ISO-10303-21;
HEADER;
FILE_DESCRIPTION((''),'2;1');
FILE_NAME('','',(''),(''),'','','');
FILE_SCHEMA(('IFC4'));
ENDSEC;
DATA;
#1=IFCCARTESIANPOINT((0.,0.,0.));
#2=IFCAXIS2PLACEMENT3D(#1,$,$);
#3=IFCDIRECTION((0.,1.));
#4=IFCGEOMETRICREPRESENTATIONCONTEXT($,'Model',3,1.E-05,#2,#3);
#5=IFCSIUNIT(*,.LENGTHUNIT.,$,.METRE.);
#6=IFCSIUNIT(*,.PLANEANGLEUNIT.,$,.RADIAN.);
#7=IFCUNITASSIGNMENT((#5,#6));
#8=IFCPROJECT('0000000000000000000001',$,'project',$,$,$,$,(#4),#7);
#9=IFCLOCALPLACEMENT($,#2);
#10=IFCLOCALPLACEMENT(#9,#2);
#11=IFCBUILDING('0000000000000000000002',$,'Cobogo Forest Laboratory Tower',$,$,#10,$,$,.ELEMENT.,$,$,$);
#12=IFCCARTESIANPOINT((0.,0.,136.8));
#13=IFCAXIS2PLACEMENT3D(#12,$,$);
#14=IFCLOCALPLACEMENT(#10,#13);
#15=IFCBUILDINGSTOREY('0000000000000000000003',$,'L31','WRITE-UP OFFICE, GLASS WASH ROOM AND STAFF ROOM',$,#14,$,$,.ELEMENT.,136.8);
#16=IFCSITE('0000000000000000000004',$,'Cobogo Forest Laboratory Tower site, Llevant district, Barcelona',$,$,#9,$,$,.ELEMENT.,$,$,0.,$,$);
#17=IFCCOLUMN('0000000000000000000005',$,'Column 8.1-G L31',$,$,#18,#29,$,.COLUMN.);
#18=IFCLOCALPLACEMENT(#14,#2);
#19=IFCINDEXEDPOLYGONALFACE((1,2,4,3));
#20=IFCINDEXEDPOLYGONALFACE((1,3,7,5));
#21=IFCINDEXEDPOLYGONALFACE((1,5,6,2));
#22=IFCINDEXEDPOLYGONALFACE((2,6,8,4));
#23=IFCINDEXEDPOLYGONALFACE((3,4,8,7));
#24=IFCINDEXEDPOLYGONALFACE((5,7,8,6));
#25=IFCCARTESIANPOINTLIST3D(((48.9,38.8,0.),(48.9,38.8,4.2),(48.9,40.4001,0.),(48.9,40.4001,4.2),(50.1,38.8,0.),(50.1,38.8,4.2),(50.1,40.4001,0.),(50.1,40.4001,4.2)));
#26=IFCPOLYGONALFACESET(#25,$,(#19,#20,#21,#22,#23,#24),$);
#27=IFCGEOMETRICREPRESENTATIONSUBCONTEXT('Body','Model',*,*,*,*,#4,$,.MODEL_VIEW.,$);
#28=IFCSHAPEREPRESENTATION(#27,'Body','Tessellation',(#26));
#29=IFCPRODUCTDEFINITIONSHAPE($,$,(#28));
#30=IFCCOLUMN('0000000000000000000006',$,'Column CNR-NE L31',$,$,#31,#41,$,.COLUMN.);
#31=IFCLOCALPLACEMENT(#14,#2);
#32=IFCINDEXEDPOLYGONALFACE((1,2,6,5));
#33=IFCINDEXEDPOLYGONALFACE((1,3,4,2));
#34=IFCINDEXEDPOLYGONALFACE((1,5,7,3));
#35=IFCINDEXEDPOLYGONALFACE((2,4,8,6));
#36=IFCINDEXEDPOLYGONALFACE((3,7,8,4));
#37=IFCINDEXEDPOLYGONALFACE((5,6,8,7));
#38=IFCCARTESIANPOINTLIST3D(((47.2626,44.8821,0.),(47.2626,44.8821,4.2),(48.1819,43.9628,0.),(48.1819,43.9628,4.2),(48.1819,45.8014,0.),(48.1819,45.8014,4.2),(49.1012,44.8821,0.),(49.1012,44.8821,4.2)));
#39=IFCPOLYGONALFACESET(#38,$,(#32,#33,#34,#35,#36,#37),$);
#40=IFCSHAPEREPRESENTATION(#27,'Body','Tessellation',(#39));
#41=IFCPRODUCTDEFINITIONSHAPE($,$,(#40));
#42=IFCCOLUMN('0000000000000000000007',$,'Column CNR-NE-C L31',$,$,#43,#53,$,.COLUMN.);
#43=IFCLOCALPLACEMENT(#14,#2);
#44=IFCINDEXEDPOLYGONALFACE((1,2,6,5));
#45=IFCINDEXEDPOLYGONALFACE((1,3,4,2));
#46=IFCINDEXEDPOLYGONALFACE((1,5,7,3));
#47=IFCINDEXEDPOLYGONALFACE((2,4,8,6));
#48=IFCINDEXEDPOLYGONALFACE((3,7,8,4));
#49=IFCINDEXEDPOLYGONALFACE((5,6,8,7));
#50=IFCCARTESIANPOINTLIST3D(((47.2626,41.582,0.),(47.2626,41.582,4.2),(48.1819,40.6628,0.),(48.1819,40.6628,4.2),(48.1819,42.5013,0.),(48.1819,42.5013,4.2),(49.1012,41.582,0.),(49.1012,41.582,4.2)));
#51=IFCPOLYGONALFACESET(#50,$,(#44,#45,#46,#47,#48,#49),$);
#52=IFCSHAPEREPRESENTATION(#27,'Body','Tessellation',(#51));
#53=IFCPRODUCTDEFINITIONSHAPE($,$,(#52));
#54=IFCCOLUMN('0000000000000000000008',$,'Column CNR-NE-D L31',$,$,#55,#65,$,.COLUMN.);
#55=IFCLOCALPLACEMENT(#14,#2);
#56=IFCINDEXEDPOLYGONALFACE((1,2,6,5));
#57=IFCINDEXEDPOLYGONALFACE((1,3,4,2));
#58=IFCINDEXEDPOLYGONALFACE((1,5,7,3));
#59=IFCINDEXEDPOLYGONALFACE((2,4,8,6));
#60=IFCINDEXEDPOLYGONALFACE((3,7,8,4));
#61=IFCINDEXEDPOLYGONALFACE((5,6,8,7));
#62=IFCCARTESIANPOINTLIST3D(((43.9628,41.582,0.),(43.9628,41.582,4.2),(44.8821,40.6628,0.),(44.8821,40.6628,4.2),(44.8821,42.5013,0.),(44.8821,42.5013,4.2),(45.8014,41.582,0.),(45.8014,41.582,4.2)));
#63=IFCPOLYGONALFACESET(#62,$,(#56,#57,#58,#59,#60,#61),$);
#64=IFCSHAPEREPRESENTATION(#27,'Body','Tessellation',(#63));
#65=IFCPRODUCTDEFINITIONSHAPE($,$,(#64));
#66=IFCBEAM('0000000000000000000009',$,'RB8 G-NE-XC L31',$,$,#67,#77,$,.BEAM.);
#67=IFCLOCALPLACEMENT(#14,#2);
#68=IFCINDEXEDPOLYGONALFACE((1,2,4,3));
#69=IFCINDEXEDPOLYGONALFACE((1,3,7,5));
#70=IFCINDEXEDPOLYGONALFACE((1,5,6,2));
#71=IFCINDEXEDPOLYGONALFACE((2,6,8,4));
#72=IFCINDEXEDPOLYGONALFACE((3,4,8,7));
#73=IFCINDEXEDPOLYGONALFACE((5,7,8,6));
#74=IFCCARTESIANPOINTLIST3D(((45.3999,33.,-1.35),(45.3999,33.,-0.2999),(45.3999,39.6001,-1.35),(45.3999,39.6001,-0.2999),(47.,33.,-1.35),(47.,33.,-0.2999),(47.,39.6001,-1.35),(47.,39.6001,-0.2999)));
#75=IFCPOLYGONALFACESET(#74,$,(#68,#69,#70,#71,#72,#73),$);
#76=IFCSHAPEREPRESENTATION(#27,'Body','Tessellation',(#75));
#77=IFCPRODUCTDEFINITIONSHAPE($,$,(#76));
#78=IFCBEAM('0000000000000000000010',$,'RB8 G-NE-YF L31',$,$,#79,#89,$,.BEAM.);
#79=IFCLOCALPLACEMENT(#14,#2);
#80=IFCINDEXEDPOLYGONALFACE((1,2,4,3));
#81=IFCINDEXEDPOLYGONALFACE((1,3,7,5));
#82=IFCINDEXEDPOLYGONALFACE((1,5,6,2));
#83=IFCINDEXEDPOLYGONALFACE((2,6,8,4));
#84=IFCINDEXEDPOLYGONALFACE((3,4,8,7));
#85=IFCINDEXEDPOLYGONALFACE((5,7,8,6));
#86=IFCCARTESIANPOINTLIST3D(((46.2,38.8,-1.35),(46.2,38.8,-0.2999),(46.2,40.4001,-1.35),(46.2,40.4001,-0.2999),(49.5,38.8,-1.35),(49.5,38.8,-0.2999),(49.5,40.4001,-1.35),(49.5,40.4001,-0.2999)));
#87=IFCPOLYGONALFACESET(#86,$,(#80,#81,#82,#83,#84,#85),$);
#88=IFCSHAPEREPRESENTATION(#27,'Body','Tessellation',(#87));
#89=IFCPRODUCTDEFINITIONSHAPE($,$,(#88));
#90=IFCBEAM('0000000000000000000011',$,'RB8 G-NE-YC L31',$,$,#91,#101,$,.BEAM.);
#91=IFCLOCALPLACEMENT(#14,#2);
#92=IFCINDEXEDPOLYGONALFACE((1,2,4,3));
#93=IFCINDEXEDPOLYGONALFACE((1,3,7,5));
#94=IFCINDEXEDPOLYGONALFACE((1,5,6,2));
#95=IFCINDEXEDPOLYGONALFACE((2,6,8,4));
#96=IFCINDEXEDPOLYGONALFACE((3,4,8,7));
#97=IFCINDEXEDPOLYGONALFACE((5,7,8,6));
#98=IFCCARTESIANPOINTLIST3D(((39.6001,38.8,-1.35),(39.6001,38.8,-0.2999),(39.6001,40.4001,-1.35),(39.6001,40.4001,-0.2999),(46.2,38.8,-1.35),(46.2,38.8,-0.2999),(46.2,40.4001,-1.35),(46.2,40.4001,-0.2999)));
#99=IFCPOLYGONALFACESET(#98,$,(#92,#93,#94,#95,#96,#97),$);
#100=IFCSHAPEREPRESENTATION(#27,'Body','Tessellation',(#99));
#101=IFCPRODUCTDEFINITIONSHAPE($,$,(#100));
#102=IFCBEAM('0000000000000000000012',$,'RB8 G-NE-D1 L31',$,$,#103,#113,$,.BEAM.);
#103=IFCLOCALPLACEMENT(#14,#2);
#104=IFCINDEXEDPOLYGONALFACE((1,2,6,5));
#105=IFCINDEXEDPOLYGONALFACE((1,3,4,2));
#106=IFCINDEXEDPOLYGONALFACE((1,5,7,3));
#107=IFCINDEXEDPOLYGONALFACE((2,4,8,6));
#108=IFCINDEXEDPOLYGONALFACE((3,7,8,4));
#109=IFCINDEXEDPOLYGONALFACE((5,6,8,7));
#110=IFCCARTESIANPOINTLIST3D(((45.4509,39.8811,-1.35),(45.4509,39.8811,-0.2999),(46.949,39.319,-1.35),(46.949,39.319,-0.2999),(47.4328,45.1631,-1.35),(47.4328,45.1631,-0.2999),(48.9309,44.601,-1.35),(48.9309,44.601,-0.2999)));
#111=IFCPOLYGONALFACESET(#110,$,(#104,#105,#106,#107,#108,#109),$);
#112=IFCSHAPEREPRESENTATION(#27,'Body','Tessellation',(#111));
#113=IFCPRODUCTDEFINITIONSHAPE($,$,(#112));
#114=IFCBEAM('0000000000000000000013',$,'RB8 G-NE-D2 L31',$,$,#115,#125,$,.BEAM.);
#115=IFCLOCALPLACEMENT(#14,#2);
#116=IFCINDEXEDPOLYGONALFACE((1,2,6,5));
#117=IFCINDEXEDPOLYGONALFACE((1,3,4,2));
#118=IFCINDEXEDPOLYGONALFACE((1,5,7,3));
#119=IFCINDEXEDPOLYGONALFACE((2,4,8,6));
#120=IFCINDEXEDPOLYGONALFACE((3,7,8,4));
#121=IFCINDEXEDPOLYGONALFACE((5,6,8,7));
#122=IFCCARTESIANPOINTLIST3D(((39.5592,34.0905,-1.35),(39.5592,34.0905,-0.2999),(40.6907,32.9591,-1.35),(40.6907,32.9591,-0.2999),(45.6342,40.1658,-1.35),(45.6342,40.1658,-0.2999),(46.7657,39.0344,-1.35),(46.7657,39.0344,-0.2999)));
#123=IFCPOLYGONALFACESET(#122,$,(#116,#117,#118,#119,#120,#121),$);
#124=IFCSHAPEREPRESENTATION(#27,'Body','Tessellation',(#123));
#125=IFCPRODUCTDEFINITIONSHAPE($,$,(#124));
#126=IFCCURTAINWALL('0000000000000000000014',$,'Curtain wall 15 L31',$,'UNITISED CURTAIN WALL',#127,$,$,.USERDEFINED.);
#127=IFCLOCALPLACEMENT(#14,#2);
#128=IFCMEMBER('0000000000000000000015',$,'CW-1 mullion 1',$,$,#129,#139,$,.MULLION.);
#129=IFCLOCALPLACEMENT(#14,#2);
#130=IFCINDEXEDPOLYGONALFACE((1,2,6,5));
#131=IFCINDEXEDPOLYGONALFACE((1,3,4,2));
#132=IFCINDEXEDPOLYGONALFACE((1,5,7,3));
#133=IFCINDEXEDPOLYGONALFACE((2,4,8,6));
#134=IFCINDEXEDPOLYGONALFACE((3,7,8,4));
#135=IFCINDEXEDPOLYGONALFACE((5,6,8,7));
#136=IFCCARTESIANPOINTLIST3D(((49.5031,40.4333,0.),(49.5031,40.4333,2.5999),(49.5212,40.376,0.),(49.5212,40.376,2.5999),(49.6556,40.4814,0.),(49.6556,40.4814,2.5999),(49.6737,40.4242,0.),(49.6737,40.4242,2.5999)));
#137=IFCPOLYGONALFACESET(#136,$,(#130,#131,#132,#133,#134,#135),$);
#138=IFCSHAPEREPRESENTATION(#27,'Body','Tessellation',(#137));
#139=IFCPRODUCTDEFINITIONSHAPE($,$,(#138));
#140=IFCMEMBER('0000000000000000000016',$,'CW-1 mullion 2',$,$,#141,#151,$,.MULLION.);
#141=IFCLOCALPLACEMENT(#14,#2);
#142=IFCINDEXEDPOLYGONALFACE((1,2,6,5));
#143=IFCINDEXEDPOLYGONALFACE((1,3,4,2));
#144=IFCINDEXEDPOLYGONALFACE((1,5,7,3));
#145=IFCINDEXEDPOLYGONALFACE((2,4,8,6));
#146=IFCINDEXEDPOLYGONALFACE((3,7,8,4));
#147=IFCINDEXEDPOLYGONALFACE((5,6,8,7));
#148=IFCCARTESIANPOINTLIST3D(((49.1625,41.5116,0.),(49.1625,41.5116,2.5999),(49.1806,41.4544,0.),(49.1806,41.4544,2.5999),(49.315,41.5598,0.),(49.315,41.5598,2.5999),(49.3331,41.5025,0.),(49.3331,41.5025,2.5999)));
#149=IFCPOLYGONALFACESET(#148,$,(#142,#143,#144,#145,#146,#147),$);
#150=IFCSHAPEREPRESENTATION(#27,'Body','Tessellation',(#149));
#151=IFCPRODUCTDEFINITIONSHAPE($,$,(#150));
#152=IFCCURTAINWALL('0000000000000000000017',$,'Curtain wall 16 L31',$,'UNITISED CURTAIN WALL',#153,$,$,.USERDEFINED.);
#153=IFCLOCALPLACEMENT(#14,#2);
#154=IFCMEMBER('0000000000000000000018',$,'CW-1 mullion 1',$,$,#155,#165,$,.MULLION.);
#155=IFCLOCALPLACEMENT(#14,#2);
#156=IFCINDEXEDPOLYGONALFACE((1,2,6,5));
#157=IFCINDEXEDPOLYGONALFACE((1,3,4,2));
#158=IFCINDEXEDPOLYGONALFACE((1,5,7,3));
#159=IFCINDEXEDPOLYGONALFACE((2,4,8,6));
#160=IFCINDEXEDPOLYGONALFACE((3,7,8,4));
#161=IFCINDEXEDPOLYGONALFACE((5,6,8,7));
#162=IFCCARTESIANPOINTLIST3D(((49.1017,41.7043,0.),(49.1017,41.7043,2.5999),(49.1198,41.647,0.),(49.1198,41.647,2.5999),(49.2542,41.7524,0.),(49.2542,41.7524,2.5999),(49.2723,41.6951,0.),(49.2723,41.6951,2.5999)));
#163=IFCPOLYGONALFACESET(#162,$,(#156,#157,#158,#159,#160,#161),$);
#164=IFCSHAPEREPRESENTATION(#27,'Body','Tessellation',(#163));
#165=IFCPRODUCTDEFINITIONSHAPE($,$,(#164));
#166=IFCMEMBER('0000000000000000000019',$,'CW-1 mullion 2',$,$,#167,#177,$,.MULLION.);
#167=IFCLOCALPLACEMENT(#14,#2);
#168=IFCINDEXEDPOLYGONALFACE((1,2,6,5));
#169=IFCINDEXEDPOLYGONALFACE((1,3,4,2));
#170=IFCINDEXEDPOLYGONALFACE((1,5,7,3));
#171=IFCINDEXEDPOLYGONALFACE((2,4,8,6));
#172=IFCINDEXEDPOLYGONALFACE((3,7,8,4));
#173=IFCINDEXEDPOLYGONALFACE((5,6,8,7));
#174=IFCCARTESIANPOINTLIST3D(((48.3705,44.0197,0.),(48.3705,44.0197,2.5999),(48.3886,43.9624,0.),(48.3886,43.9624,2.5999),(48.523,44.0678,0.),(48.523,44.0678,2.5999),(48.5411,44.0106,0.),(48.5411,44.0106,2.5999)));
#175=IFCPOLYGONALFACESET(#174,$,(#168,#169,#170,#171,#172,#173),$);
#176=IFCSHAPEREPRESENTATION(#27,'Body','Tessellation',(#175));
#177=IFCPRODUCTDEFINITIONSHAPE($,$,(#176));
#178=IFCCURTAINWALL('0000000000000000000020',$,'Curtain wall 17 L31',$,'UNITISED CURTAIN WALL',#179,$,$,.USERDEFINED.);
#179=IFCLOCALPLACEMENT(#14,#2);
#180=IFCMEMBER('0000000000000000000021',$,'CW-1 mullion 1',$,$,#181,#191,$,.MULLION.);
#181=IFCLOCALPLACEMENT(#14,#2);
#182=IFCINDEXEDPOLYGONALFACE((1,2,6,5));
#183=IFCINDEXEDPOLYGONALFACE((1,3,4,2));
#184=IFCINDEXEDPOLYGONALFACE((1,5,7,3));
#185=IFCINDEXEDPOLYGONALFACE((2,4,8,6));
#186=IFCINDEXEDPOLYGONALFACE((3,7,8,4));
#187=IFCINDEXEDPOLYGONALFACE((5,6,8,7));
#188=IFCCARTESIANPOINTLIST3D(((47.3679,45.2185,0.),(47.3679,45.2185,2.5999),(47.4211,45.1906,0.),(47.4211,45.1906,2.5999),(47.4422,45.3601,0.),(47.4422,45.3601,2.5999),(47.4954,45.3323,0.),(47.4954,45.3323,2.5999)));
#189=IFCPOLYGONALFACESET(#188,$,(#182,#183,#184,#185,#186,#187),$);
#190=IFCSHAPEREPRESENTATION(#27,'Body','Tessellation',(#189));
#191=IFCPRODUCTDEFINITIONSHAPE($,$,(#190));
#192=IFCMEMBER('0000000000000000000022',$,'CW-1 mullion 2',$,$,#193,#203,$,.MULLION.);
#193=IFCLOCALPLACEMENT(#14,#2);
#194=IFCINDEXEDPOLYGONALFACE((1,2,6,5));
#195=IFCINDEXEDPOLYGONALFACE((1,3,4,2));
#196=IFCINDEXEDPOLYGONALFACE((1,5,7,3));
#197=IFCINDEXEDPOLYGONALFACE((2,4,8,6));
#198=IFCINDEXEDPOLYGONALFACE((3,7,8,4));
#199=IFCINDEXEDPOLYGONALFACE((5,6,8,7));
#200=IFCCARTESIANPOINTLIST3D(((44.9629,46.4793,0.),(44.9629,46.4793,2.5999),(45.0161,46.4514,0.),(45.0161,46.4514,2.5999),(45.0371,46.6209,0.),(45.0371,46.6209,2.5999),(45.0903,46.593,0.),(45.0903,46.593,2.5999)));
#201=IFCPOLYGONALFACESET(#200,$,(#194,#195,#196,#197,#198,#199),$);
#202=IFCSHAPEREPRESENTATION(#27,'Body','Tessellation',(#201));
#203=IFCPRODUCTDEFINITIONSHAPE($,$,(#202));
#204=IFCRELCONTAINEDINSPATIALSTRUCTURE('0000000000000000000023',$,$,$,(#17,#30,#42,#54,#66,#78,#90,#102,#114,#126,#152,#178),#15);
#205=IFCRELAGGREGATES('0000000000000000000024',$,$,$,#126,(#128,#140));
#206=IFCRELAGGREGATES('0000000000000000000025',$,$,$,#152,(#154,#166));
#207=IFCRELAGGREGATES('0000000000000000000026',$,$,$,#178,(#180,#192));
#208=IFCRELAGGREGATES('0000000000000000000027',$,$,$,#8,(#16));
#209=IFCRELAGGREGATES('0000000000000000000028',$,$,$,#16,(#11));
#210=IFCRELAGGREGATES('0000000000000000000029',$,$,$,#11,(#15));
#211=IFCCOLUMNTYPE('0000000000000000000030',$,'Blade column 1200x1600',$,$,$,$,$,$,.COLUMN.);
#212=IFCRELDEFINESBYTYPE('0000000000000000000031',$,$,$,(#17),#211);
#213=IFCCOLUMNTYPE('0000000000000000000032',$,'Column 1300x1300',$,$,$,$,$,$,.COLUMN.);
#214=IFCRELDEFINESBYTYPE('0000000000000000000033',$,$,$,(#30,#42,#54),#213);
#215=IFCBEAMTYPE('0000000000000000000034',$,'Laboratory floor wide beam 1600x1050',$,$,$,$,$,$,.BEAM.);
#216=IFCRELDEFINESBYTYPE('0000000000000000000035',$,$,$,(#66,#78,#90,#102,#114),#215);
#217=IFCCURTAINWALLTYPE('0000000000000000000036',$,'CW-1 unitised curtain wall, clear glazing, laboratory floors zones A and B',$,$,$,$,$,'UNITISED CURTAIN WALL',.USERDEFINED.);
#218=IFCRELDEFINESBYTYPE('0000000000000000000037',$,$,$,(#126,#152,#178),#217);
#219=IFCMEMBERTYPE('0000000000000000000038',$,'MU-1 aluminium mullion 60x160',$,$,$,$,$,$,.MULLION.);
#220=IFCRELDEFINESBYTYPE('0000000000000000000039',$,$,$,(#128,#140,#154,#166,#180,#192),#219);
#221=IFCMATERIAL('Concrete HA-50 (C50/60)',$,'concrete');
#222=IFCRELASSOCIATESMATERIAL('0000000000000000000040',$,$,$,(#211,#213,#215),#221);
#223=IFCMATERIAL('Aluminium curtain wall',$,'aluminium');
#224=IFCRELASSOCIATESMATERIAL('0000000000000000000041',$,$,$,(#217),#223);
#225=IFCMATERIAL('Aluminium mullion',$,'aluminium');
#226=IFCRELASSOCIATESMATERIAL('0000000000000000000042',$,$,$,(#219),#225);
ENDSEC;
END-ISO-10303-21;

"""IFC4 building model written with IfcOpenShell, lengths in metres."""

from ifc_helpers import new_model, si_unit, direction, frame, origin, origin_2d, place, context, subcontext, project, spatial, rectangle, extrude, material, material_profile, profile_set, type_object, element, aggregate, save


model = new_model("IFC4")

# Units and contexts
model_context = context("Model", 3, precision=1e-05, world=origin(), true_north=direction((0.0, 1.0)))
body_context = subcontext(model_context, "Body", "Model", "MODEL_VIEW")
ifc_project = project(units=[si_unit("LENGTHUNIT", "METRE"), si_unit("PLANEANGLEUNIT", "RADIAN")], contexts=[model_context])

# Site, building, storey
site_placement = place(None, origin())
site = spatial("IfcSite", under=ifc_project, at=site_placement, Name="Cobogo Forest Laboratory Tower site, Llevant district, Barcelona", CompositionType="ELEMENT", RefElevation=0.0)
building_placement = place(site_placement, origin())
building = spatial("IfcBuilding", under=site, at=building_placement, Name="Cobogo Forest Laboratory Tower", CompositionType="ELEMENT")
storey_placement = place(building_placement, frame((0.0, 0.0, 136.8)))
storey = spatial("IfcBuildingStorey", under=building, at=storey_placement, Name="L31", Description="WRITE-UP OFFICE, GLASS WASH ROOM AND STAFF ROOM", CompositionType="ELEMENT", Elevation=136.8)

# Columns
ifc_material_1 = material(Name="Concrete HA-50 (C50/60)", Category="concrete")
ifc_material_profile_1 = material_profile(ifc_material_1, rectangle(XDim=1.6001, YDim=1.2, at=origin_2d()), Name="RC 1200x1600")
ifc_profile_set_1 = profile_set([ifc_material_profile_1], Name="Concrete HA-50 (C50/60)")
column_type_1 = type_object("IfcColumnType", Name="Blade column 1200x1600", PredefinedType="COLUMN", material=ifc_profile_set_1)
column_placement = place(storey_placement, frame((49.5, 39.6001, 0.0), z_axis=(0.0, 0.0, 1.0), x_axis=(0.0, 1.0, 0.0)))
element("IfcColumn", 1, at=column_placement, inside=storey, type_object=column_type_1, Name="Column 8.1-G L31", PredefinedType="COLUMN", context=body_context, shape_type="SweptSolid", body=[
    extrude(rectangle(XDim=1.6001, YDim=1.2, at=origin_2d()), origin(), (0.0, 0.0, 1.0), 4.2),
])
ifc_material_profile_2 = material_profile(ifc_material_1, rectangle(XDim=1.3, YDim=1.3, at=origin_2d()), Name="RC 1300x1300")
ifc_profile_set_2 = profile_set([ifc_material_profile_2], Name="Concrete HA-50 (C50/60)")
column_type_2 = type_object("IfcColumnType", Name="Column 1300x1300", PredefinedType="COLUMN", material=ifc_profile_set_2)
for number, where, z_axis, x_axis, name in (
    (2, (48.1819, 44.8821, 0.0), (0.0, 0.0, 1.0), (0.707107, 0.707107, 0.0), "Column CNR-NE L31"),
    (3, (48.1819, 41.582, 0.0), (0.0, 0.0, 1.0), (0.707107, 0.707107, 0.0), "Column CNR-NE-C L31"),
    (4, (44.8821, 41.582, 0.0), (0.0, 0.0, 1.0), (0.707107, 0.707107, 0.0), "Column CNR-NE-D L31"),
):
    element("IfcColumn", number, at=place(storey_placement, frame(where, z_axis=z_axis, x_axis=x_axis)), inside=storey, type_object=column_type_2, Name=name, PredefinedType="COLUMN", context=body_context, shape_type="SweptSolid", body=[
        extrude(rectangle(XDim=1.3, YDim=1.3, at=origin_2d()), origin(), (0.0, 0.0, 1.0), 4.2),
    ])

# Beams
ifc_material_profile_3 = material_profile(ifc_material_1, rectangle(XDim=1.6001, YDim=1.05, at=origin_2d()), Name="RC 1600x1050")
ifc_profile_set_3 = profile_set([ifc_material_profile_3], Name="Concrete HA-50 (C50/60)")
beam_type_1 = type_object("IfcBeamType", Name="Laboratory floor wide beam 1600x1050", PredefinedType="BEAM", material=ifc_profile_set_3)
beam_1_placement = place(storey_placement, frame((46.2, 39.6001, -0.825), z_axis=(0.0, -1.0, 0.0), x_axis=(1.0, 0.0, 0.0)))
element("IfcBeam", 5, at=beam_1_placement, inside=storey, type_object=beam_type_1, Name="RB8 G-NE-XC L31", PredefinedType="BEAM", context=body_context, shape_type="SweptSolid", body=[
    extrude(rectangle(XDim=1.6001, YDim=1.05, at=origin_2d()), origin(), (0.0, 0.0, 1.0), 6.6001),
])
beam_2_placement = place(storey_placement, frame((49.5, 39.6001, -0.825), z_axis=(-1.0, 0.0, 0.0), x_axis=(0.0, -1.0, 0.0)))
element("IfcBeam", 6, at=beam_2_placement, inside=storey, type_object=beam_type_1, Name="RB8 G-NE-YF L31", PredefinedType="BEAM", context=body_context, shape_type="SweptSolid", body=[
    extrude(rectangle(XDim=1.6001, YDim=1.05, at=origin_2d()), origin(), (0.0, 0.0, 1.0), 3.3),
])
beam_3_placement = place(storey_placement, frame((46.2, 39.6001, -0.825), z_axis=(-1.0, 0.0, 0.0), x_axis=(0.0, -1.0, 0.0)))
element("IfcBeam", 7, at=beam_3_placement, inside=storey, type_object=beam_type_1, Name="RB8 G-NE-YC L31", PredefinedType="BEAM", context=body_context, shape_type="SweptSolid", body=[
    extrude(rectangle(XDim=1.6001, YDim=1.05, at=origin_2d()), origin(), (0.0, 0.0, 1.0), 6.5999),
])
beam_4_placement = place(storey_placement, frame((48.1819, 44.8821, -0.825), z_axis=(-0.351308, -0.93626, 0.0), x_axis=(0.93626, -0.351308, 0.0)))
element("IfcBeam", 8, at=beam_4_placement, inside=storey, type_object=beam_type_1, Name="RB8 G-NE-D1 L31", PredefinedType="BEAM", context=body_context, shape_type="SweptSolid", body=[
    extrude(rectangle(XDim=1.6001, YDim=1.05, at=origin_2d()), origin(), (0.0, 0.0, 1.0), 5.6416),
])
beam_5_placement = place(storey_placement, frame((46.2, 39.6001, -0.825), z_axis=(-0.707093, -0.707121, 0.0), x_axis=(0.707121, -0.707093, 0.0)))
element("IfcBeam", 9, at=beam_5_placement, inside=storey, type_object=beam_type_1, Name="RB8 G-NE-D2 L31", PredefinedType="BEAM", context=body_context, shape_type="SweptSolid", body=[
    extrude(rectangle(XDim=1.6001, YDim=1.05, at=origin_2d()), origin(), (0.0, 0.0, 1.0), 8.5916),
])

# Curtain walls, members
ifc_material_2 = material(Name="Aluminium curtain wall", Category="aluminium")
curtain_wall_type = type_object("IfcCurtainWallType", Name="CW-1 unitised curtain wall, clear glazing, laboratory floors zones A and B", ElementType="UNITISED CURTAIN WALL", PredefinedType="USERDEFINED", material=ifc_material_2)
curtain_wall_1_placement = place(storey_placement, origin())
curtain_wall_1 = element("IfcCurtainWall", 10, at=curtain_wall_1_placement, inside=storey, type_object=curtain_wall_type, Name="Curtain wall 15 L31", ObjectType="UNITISED CURTAIN WALL", PredefinedType="USERDEFINED")
ifc_material_3 = material(Name="Aluminium mullion", Category="aluminium")
ifc_material_profile_4 = material_profile(ifc_material_3, rectangle(XDim=0.0601, YDim=0.1599, at=origin_2d()), Name="AL 60x160")
ifc_profile_set_4 = profile_set([ifc_material_profile_4], Name="Aluminium mullion")
member_type_1 = type_object("IfcMemberType", Name="MU-1 aluminium mullion 60x160", PredefinedType="MULLION", material=ifc_profile_set_4)
member_1_placement = place(storey_placement, frame((49.5884, 40.4287, 0.0), z_axis=(0.0, 0.0, 1.0), x_axis=(-0.301136, 0.953581, 0.0)))
member_1 = element("IfcMember", 11, at=member_1_placement, type_object=member_type_1, Name="CW-1 mullion 1", PredefinedType="MULLION", context=body_context, shape_type="SweptSolid", body=[
    extrude(rectangle(XDim=0.0601, YDim=0.1599, at=origin_2d()), origin(), (0.0, 0.0, 1.0), 2.5999),
])
member_2_placement = place(storey_placement, frame((49.2478, 41.5071, 0.0), z_axis=(0.0, 0.0, 1.0), x_axis=(-0.301136, 0.953581, 0.0)))
member_2 = element("IfcMember", 12, at=member_2_placement, type_object=member_type_1, Name="CW-1 mullion 2", PredefinedType="MULLION", context=body_context, shape_type="SweptSolid", body=[
    extrude(rectangle(XDim=0.0601, YDim=0.1599, at=origin_2d()), origin(), (0.0, 0.0, 1.0), 2.5999),
])
curtain_wall_2_placement = place(storey_placement, origin())
curtain_wall_2 = element("IfcCurtainWall", 13, at=curtain_wall_2_placement, inside=storey, type_object=curtain_wall_type, Name="Curtain wall 16 L31", ObjectType="UNITISED CURTAIN WALL", PredefinedType="USERDEFINED")
member_3_placement = place(storey_placement, frame((49.187, 41.6997, 0.0), z_axis=(0.0, 0.0, 1.0), x_axis=(-0.301135, 0.953581, 0.0)))
member_3 = element("IfcMember", 14, at=member_3_placement, type_object=member_type_1, Name="CW-1 mullion 1", PredefinedType="MULLION", context=body_context, shape_type="SweptSolid", body=[
    extrude(rectangle(XDim=0.0601, YDim=0.1599, at=origin_2d()), origin(), (0.0, 0.0, 1.0), 2.5999),
])
member_4_placement = place(storey_placement, frame((48.4558, 44.0151, 0.0), z_axis=(0.0, 0.0, 1.0), x_axis=(-0.301135, 0.953581, 0.0)))
member_4 = element("IfcMember", 15, at=member_4_placement, type_object=member_type_1, Name="CW-1 mullion 2", PredefinedType="MULLION", context=body_context, shape_type="SweptSolid", body=[
    extrude(rectangle(XDim=0.0601, YDim=0.1599, at=origin_2d()), origin(), (0.0, 0.0, 1.0), 2.5999),
])
curtain_wall_3_placement = place(storey_placement, origin())
curtain_wall_3 = element("IfcCurtainWall", 16, at=curtain_wall_3_placement, inside=storey, type_object=curtain_wall_type, Name="Curtain wall 17 L31", ObjectType="UNITISED CURTAIN WALL", PredefinedType="USERDEFINED")
member_5_placement = place(storey_placement, frame((47.4316, 45.2754, 0.0), z_axis=(0.0, 0.0, 1.0), x_axis=(-0.885687, 0.464284, 0.0)))
member_5 = element("IfcMember", 17, at=member_5_placement, type_object=member_type_1, Name="CW-1 mullion 1", PredefinedType="MULLION", context=body_context, shape_type="SweptSolid", body=[
    extrude(rectangle(XDim=0.0601, YDim=0.1599, at=origin_2d()), origin(), (0.0, 0.0, 1.0), 2.5999),
])
member_6_placement = place(storey_placement, frame((45.0266, 46.5361, 0.0), z_axis=(0.0, 0.0, 1.0), x_axis=(-0.885687, 0.464284, 0.0)))
member_6 = element("IfcMember", 18, at=member_6_placement, type_object=member_type_1, Name="CW-1 mullion 2", PredefinedType="MULLION", context=body_context, shape_type="SweptSolid", body=[
    extrude(rectangle(XDim=0.0601, YDim=0.1599, at=origin_2d()), origin(), (0.0, 0.0, 1.0), 2.5999),
])

aggregate(curtain_wall_1, [member_1, member_2])
aggregate(curtain_wall_2, [member_3, member_4])
aggregate(curtain_wall_3, [member_5, member_6])

save(model, "model.ifc")
